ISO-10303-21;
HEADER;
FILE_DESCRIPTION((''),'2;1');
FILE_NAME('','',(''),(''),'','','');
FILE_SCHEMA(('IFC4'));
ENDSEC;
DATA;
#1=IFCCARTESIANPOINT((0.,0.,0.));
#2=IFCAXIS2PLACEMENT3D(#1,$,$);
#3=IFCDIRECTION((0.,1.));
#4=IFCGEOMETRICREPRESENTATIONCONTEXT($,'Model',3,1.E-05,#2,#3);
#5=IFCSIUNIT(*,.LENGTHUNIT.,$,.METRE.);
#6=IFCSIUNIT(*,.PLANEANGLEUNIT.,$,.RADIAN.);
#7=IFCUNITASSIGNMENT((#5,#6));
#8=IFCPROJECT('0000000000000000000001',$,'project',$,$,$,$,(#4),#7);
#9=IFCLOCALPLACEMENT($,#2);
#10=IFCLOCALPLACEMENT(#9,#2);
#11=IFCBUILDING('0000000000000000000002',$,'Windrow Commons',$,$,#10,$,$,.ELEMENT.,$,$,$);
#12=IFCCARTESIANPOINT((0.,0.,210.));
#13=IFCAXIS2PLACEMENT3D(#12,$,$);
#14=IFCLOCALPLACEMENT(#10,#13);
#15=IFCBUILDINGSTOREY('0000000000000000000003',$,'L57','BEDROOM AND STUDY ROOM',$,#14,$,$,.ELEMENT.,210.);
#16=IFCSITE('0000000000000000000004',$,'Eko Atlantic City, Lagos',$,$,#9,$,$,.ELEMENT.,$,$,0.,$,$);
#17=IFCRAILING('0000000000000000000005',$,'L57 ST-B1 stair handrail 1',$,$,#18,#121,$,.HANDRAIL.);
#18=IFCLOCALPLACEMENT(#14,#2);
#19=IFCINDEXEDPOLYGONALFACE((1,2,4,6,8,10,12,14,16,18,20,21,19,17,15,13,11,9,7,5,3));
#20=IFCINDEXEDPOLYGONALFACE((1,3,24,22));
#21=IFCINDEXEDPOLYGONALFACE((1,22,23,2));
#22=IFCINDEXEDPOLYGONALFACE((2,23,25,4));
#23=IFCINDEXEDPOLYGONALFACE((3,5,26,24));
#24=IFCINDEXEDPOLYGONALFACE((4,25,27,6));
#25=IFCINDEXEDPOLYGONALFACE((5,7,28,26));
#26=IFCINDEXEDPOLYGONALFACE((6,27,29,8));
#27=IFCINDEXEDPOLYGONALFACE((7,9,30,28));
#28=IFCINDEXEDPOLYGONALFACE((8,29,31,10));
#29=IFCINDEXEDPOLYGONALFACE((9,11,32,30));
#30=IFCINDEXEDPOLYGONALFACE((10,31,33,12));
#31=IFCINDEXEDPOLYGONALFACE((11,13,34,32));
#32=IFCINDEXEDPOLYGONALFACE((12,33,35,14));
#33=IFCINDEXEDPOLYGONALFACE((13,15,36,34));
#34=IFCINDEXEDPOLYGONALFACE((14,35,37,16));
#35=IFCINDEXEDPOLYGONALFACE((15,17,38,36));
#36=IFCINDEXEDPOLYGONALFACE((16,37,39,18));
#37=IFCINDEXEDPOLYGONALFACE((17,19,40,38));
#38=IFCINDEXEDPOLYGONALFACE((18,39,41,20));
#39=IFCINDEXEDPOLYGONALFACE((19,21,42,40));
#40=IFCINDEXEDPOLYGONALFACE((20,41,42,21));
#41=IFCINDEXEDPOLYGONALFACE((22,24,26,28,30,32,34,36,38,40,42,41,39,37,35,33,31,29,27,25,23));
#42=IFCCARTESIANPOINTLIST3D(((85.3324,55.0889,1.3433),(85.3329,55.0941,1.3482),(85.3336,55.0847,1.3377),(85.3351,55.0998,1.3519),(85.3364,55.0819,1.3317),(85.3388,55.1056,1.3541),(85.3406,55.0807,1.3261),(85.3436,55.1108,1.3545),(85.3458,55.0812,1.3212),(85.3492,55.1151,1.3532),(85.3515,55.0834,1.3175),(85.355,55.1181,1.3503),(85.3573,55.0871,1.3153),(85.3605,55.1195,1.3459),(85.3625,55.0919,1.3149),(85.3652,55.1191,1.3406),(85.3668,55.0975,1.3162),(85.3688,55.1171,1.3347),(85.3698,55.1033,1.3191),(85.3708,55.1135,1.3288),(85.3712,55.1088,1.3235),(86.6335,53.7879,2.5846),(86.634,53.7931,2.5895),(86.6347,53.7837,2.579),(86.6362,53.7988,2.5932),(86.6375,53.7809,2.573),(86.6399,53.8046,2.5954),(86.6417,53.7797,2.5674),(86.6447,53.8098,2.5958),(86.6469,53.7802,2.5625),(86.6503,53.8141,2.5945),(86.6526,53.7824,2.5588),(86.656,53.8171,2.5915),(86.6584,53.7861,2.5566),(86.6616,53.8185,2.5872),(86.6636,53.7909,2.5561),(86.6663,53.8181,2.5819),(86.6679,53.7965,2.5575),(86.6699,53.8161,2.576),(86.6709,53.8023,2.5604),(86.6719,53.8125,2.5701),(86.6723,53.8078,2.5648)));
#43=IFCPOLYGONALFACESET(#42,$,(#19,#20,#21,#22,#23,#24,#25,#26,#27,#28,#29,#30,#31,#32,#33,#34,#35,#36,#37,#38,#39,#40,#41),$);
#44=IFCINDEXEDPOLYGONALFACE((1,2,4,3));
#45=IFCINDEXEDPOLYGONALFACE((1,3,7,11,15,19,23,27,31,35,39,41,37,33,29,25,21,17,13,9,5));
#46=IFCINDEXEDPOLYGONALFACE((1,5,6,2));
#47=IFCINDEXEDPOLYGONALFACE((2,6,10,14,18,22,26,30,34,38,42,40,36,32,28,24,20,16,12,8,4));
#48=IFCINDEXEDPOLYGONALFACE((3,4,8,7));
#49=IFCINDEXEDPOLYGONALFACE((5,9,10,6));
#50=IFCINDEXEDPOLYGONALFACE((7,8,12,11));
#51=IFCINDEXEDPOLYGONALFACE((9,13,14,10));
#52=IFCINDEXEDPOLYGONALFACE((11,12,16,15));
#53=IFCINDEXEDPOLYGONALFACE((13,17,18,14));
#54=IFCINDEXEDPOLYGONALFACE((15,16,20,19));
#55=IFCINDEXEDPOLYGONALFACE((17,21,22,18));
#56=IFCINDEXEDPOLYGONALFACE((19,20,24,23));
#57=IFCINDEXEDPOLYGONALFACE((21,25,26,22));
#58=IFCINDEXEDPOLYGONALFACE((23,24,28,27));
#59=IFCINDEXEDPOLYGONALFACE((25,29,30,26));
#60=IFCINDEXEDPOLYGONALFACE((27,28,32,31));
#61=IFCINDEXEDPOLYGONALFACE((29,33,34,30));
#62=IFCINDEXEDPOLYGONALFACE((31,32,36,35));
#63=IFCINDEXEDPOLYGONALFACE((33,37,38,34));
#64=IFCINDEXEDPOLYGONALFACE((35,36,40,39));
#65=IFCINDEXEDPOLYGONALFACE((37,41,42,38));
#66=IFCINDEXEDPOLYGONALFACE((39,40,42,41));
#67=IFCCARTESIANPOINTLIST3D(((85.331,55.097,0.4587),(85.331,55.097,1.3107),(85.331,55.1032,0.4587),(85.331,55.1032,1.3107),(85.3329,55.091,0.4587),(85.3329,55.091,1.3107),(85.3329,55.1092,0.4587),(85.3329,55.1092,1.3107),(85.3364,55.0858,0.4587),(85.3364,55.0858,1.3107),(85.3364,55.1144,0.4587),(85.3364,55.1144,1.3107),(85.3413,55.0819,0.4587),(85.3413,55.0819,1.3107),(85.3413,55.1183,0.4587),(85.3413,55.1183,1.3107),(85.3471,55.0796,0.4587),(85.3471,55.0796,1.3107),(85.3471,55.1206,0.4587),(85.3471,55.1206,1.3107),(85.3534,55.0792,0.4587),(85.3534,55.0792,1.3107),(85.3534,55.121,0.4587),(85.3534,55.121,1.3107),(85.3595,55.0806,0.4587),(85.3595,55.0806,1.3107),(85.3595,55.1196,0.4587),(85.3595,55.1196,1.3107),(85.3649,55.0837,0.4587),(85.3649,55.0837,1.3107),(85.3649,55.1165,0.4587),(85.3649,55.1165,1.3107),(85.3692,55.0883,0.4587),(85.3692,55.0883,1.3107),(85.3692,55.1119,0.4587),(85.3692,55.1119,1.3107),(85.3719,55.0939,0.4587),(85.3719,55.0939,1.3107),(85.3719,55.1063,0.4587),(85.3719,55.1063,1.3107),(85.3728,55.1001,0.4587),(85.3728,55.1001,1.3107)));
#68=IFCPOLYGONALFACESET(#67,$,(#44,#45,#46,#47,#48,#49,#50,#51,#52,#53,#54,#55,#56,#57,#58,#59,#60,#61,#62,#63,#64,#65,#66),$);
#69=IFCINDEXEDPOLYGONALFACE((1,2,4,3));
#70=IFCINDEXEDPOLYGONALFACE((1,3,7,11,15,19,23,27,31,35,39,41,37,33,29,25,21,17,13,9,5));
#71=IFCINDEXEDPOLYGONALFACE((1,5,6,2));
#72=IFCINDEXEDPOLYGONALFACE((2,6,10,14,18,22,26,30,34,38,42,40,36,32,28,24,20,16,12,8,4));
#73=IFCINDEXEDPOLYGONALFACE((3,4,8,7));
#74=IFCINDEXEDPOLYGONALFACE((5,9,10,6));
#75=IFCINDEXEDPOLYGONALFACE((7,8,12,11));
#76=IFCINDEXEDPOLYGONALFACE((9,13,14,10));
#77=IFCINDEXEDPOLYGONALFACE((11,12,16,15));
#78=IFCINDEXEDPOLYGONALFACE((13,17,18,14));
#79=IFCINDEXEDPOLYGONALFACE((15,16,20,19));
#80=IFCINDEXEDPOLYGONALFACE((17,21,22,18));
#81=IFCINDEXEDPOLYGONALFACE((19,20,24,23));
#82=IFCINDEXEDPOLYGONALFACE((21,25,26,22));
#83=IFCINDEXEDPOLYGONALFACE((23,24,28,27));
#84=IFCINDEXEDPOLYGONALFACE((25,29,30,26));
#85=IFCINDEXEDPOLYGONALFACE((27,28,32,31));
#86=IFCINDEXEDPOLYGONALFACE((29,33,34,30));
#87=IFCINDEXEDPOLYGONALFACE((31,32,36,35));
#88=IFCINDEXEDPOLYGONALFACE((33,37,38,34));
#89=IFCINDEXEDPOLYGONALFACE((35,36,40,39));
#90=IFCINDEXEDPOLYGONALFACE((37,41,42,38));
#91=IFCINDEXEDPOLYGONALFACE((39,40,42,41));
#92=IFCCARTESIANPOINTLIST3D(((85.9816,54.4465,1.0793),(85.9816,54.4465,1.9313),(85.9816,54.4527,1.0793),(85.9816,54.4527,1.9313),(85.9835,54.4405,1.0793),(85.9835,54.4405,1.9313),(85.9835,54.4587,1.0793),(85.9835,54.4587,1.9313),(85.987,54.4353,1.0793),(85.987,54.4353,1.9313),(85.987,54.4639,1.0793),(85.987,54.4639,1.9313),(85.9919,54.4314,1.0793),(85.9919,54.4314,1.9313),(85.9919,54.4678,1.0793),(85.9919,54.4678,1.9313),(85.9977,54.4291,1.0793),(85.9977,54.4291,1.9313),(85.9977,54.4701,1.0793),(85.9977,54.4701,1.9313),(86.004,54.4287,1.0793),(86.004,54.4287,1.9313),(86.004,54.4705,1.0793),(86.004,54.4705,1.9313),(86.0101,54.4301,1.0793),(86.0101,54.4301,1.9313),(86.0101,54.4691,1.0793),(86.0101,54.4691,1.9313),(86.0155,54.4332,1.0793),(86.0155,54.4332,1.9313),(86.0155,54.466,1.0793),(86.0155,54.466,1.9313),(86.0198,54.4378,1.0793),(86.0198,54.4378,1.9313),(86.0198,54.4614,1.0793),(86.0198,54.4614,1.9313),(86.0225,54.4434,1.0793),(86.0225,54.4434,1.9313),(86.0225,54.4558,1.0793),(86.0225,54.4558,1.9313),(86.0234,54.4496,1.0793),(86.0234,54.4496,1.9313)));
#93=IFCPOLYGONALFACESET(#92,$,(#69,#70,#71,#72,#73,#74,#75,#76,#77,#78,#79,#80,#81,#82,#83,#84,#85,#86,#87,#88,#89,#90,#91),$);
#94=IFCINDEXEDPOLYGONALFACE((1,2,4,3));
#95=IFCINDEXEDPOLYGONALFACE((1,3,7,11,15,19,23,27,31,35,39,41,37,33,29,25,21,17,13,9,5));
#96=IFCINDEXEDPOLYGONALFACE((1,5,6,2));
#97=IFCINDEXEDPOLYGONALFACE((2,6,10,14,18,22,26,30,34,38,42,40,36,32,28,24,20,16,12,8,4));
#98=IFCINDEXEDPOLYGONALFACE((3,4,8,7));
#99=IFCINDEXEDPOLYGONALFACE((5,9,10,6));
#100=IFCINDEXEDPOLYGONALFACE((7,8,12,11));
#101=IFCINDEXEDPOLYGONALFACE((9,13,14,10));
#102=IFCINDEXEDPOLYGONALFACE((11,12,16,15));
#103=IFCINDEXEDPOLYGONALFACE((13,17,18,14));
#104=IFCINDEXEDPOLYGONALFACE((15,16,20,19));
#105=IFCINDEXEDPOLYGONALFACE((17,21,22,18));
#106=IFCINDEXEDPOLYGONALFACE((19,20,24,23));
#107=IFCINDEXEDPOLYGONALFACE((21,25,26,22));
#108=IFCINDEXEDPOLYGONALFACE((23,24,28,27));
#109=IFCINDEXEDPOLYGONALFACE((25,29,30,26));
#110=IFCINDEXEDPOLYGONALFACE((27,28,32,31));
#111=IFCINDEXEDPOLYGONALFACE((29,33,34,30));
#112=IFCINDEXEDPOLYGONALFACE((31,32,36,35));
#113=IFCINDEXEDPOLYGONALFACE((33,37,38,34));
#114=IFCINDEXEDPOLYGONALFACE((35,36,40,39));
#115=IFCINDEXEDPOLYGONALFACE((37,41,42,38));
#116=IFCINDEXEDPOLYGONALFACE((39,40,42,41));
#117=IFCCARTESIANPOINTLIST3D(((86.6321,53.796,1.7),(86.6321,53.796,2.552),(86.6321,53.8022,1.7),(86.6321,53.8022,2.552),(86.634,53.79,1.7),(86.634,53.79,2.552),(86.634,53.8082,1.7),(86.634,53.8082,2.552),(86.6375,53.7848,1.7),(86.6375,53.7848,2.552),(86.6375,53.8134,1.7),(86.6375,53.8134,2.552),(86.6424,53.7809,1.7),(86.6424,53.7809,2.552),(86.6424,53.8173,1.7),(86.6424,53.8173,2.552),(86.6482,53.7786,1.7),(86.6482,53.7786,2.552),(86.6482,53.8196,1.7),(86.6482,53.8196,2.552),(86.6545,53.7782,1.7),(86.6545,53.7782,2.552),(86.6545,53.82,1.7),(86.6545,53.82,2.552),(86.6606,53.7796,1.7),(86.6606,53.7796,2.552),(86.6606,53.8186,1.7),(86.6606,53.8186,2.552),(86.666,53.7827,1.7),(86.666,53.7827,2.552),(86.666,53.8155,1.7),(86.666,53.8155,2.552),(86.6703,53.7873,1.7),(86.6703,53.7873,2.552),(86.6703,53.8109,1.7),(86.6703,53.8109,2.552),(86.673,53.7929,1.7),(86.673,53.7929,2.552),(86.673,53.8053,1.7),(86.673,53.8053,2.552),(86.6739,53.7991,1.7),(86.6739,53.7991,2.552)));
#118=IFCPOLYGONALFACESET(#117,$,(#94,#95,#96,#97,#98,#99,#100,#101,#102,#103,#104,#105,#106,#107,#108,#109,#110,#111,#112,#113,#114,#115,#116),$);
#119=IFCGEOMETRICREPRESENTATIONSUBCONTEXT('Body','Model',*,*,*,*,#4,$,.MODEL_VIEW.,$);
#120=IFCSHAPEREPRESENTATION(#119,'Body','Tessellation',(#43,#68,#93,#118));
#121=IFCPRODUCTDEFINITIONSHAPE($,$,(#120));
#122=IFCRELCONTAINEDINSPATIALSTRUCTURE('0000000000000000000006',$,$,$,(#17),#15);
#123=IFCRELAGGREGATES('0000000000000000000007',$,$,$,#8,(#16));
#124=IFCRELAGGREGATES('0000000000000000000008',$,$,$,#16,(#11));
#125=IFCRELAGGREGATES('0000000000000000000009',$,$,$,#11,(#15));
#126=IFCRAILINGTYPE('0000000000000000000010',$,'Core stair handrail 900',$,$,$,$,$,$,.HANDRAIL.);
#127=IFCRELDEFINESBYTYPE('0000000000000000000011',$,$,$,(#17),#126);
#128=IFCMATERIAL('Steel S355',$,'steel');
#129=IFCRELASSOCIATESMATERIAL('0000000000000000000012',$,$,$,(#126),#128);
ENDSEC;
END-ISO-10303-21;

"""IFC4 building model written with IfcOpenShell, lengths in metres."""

from ifc_helpers import new_model, si_unit, direction, frame, origin, origin_2d, place, context, subcontext, project, spatial, circle, extrude, material, type_object, element, save


model = new_model("IFC4")

# Units and contexts
model_context = context("Model", 3, precision=1e-05, world=origin(), true_north=direction((0.0, 1.0)))
body_context = subcontext(model_context, "Body", "Model", "MODEL_VIEW")
ifc_project = project(units=[si_unit("LENGTHUNIT", "METRE"), si_unit("PLANEANGLEUNIT", "RADIAN")], contexts=[model_context])

# Site, building, storey
site_placement = place(None, origin())
site = spatial("IfcSite", under=ifc_project, at=site_placement, Name="Eko Atlantic City, Lagos", CompositionType="ELEMENT", RefElevation=0.0)
building_placement = place(site_placement, origin())
building = spatial("IfcBuilding", under=site, at=building_placement, Name="Windrow Commons", CompositionType="ELEMENT")
storey_placement = place(building_placement, frame((0.0, 0.0, 210.0)))
storey = spatial("IfcBuildingStorey", under=building, at=storey_placement, Name="L57", Description="BEDROOM AND STUDY ROOM", CompositionType="ELEMENT", Elevation=210.0)

# Railing
ifc_material_1 = material(Name="Steel S355", Category="steel")
railing_type_1 = type_object("IfcRailingType", Name="Core stair handrail 900", PredefinedType="HANDRAIL", material=ifc_material_1)
railing_1_placement = place(storey_placement, frame((85.3518, 55.1001, 0.4587)))
element("IfcRailing", 1, at=railing_1_placement, inside=storey, type_object=railing_type_1, Name="L57 ST-B1 stair handrail 1", PredefinedType="HANDRAIL", context=body_context, shape_type="SweptSolid", body=[
    extrude(circle(Radius=0.024, at=origin_2d()), frame((0.0, 0.0, 0.876), z_axis=(0.586207, -0.586162, 0.559264), x_axis=(0.70708, 0.707134, 0.0)), (0.0, 0.0, 1.0), 2.2195),
    extrude(circle(Radius=0.021, at=origin_2d()), origin(), (0.0, 0.0, 1.0), 0.852),
    extrude(circle(Radius=0.021, at=origin_2d()), frame((0.6506, -0.6505, 0.6206)), (0.0, 0.0, 1.0), 0.852),
    extrude(circle(Radius=0.021, at=origin_2d()), frame((1.3011, -1.301, 1.2413)), (0.0, 0.0, 1.0), 0.852),
])

save(model, "model.ifc")
